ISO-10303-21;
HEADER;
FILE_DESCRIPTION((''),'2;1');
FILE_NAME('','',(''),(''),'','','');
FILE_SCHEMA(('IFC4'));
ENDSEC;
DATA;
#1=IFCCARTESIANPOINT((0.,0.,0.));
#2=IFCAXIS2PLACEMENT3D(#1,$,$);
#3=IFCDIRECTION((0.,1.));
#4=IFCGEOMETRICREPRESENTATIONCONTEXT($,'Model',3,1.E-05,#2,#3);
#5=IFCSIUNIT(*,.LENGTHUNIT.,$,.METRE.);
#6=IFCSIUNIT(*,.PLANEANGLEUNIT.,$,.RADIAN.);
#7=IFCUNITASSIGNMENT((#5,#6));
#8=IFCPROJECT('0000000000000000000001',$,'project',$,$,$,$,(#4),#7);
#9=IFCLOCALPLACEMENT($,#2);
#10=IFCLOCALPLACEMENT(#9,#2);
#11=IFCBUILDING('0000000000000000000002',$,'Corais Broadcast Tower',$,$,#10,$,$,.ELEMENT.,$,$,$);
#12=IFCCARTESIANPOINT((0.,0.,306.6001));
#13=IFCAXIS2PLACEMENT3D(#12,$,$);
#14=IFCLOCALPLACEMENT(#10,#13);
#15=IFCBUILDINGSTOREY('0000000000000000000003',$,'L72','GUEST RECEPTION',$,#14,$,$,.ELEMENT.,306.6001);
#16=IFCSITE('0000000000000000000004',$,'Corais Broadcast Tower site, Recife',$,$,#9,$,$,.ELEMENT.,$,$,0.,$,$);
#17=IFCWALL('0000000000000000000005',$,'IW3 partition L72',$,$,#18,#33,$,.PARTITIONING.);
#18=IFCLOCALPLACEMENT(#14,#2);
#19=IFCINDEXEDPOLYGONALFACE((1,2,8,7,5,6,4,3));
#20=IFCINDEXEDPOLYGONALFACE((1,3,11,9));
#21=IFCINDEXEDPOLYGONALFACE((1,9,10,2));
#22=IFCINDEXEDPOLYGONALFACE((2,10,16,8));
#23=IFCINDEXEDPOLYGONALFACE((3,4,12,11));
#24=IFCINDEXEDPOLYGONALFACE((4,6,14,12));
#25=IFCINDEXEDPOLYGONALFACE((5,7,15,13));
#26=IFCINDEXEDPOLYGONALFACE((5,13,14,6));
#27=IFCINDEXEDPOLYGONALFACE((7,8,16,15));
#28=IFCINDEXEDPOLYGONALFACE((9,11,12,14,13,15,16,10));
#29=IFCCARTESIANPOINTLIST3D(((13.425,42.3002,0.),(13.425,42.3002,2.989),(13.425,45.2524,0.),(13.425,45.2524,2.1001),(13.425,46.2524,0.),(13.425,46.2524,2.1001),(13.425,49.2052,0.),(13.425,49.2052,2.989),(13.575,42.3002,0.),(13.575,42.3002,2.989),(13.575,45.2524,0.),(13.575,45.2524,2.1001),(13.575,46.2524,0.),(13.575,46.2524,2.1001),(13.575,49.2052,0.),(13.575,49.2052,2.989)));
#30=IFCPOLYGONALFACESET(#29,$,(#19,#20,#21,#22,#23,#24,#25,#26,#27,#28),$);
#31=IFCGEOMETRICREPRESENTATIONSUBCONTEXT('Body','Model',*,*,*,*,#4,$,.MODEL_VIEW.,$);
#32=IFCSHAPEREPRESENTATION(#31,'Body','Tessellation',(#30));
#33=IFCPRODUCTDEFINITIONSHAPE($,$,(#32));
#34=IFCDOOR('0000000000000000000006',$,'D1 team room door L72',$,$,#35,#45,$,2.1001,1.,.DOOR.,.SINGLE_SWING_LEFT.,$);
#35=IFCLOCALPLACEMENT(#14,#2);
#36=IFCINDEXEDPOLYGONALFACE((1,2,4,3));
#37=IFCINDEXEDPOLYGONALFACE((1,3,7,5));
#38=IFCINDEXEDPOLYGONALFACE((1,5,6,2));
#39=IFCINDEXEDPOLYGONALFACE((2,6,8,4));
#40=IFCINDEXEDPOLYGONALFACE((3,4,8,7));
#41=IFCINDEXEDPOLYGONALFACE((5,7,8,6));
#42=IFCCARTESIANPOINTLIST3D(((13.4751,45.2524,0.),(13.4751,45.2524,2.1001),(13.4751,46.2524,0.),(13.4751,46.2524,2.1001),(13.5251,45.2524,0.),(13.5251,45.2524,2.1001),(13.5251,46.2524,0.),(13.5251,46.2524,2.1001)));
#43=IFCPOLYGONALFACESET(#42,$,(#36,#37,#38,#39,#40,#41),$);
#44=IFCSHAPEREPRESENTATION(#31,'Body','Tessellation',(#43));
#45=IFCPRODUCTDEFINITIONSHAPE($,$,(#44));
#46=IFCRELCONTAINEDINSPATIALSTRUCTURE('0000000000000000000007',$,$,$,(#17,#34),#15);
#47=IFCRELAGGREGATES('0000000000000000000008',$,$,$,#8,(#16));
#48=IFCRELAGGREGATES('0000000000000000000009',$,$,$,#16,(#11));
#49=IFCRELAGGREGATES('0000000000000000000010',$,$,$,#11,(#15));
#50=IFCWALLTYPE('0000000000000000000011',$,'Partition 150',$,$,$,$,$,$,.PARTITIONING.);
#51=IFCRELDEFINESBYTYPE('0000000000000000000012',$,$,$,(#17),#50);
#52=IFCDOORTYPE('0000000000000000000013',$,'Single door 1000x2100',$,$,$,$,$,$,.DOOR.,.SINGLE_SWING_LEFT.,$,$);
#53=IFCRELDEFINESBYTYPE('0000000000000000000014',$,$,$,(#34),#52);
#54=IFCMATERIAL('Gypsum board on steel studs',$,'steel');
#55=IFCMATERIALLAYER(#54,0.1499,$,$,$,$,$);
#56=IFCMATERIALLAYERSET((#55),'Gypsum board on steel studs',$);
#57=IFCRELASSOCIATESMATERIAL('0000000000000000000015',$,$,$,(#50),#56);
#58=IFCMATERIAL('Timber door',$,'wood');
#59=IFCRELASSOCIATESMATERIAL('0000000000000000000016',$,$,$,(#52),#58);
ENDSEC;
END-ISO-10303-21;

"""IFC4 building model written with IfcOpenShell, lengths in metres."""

from ifc_helpers import new_model, si_unit, direction, frame, frame_2d, origin, place, context, subcontext, project, spatial, rectangle, extrude, material, layer, layer_set, type_object, element, fill, save


model = new_model("IFC4")

# Units and contexts
model_context = context("Model", 3, precision=1e-05, world=origin(), true_north=direction((0.0, 1.0)))
body_context = subcontext(model_context, "Body", "Model", "MODEL_VIEW")
ifc_project = project(units=[si_unit("LENGTHUNIT", "METRE"), si_unit("PLANEANGLEUNIT", "RADIAN")], contexts=[model_context])

# Site, building, storey
site_placement = place(None, origin())
site = spatial("IfcSite", under=ifc_project, at=site_placement, Name="Corais Broadcast Tower site, Recife", CompositionType="ELEMENT", RefElevation=0.0)
building_placement = place(site_placement, origin())
building = spatial("IfcBuilding", under=site, at=building_placement, Name="Corais Broadcast Tower", CompositionType="ELEMENT")
storey_placement = place(building_placement, frame((0.0, 0.0, 306.6001)))
storey = spatial("IfcBuildingStorey", under=building, at=storey_placement, Name="L72", Description="GUEST RECEPTION", CompositionType="ELEMENT", Elevation=306.6001)

# Shared definitions
ifc_material_1 = material(Name="Gypsum board on steel studs", Category="steel")
ifc_layer_1 = layer(ifc_material_1, 0.1499)
ifc_layer_set_1 = layer_set([ifc_layer_1], Name="Gypsum board on steel studs")
wall_type = type_object("IfcWallType", Name="Partition 150", PredefinedType="PARTITIONING", material=ifc_layer_set_1)

# Wall, opening, door
wall_1_placement = place(storey_placement, frame((13.5, 42.3, 0.0), z_axis=(0.0, 0.0, 1.0), x_axis=(0.0, 1.0, 0.0)))
wall_1 = element("IfcWall", 1, at=wall_1_placement, inside=storey, type_object=wall_type, Name="IW3 partition L72", PredefinedType="PARTITIONING", context=body_context, shape_type="SweptSolid", body=[
    extrude(rectangle(XDim=6.905, YDim=0.1499, at=frame_2d((3.4526, 0.0))), origin(), (0.0, 0.0, 1.0), 2.989),
])
opening_placement = place(wall_1_placement, frame((2.9524, 0.0, 0.0)))
opening = element("IfcOpeningElement", 2, at=opening_placement, cuts=wall_1, PredefinedType="OPENING", context=body_context, shape_type="SweptSolid", body=[
    extrude(rectangle(XDim=1.0, YDim=2.1001, at=frame_2d((0.5, 1.05))), frame((0.0, 0.085, 0.0), z_axis=(0.0, -1.0, 0.0), x_axis=(1.0, 0.0, 0.0)), (0.0, 0.0, 1.0), 0.1699),
])
ifc_material_2 = material(Name="Timber door", Category="wood")
door_type = type_object("IfcDoorType", Name="Single door 1000x2100", OperationType="SINGLE_SWING_LEFT", PredefinedType="DOOR", material=ifc_material_2)
door_placement = place(opening_placement, origin())
door = element("IfcDoor", 3, at=door_placement, inside=storey, type_object=door_type, Name="D1 team room door L72", OperationType="SINGLE_SWING_LEFT", OverallHeight=2.1001, OverallWidth=1.0, PredefinedType="DOOR", context=body_context, shape_type="SweptSolid", body=[
    extrude(rectangle(XDim=1.0, YDim=2.1001, at=frame_2d((0.5, 1.05))), frame((0.0, 0.0249, 0.0), z_axis=(0.0, -1.0, 0.0), x_axis=(1.0, 0.0, 0.0)), (0.0, 0.0, 1.0), 0.05),
])
fill(opening, door)

save(model, "model.ifc")
